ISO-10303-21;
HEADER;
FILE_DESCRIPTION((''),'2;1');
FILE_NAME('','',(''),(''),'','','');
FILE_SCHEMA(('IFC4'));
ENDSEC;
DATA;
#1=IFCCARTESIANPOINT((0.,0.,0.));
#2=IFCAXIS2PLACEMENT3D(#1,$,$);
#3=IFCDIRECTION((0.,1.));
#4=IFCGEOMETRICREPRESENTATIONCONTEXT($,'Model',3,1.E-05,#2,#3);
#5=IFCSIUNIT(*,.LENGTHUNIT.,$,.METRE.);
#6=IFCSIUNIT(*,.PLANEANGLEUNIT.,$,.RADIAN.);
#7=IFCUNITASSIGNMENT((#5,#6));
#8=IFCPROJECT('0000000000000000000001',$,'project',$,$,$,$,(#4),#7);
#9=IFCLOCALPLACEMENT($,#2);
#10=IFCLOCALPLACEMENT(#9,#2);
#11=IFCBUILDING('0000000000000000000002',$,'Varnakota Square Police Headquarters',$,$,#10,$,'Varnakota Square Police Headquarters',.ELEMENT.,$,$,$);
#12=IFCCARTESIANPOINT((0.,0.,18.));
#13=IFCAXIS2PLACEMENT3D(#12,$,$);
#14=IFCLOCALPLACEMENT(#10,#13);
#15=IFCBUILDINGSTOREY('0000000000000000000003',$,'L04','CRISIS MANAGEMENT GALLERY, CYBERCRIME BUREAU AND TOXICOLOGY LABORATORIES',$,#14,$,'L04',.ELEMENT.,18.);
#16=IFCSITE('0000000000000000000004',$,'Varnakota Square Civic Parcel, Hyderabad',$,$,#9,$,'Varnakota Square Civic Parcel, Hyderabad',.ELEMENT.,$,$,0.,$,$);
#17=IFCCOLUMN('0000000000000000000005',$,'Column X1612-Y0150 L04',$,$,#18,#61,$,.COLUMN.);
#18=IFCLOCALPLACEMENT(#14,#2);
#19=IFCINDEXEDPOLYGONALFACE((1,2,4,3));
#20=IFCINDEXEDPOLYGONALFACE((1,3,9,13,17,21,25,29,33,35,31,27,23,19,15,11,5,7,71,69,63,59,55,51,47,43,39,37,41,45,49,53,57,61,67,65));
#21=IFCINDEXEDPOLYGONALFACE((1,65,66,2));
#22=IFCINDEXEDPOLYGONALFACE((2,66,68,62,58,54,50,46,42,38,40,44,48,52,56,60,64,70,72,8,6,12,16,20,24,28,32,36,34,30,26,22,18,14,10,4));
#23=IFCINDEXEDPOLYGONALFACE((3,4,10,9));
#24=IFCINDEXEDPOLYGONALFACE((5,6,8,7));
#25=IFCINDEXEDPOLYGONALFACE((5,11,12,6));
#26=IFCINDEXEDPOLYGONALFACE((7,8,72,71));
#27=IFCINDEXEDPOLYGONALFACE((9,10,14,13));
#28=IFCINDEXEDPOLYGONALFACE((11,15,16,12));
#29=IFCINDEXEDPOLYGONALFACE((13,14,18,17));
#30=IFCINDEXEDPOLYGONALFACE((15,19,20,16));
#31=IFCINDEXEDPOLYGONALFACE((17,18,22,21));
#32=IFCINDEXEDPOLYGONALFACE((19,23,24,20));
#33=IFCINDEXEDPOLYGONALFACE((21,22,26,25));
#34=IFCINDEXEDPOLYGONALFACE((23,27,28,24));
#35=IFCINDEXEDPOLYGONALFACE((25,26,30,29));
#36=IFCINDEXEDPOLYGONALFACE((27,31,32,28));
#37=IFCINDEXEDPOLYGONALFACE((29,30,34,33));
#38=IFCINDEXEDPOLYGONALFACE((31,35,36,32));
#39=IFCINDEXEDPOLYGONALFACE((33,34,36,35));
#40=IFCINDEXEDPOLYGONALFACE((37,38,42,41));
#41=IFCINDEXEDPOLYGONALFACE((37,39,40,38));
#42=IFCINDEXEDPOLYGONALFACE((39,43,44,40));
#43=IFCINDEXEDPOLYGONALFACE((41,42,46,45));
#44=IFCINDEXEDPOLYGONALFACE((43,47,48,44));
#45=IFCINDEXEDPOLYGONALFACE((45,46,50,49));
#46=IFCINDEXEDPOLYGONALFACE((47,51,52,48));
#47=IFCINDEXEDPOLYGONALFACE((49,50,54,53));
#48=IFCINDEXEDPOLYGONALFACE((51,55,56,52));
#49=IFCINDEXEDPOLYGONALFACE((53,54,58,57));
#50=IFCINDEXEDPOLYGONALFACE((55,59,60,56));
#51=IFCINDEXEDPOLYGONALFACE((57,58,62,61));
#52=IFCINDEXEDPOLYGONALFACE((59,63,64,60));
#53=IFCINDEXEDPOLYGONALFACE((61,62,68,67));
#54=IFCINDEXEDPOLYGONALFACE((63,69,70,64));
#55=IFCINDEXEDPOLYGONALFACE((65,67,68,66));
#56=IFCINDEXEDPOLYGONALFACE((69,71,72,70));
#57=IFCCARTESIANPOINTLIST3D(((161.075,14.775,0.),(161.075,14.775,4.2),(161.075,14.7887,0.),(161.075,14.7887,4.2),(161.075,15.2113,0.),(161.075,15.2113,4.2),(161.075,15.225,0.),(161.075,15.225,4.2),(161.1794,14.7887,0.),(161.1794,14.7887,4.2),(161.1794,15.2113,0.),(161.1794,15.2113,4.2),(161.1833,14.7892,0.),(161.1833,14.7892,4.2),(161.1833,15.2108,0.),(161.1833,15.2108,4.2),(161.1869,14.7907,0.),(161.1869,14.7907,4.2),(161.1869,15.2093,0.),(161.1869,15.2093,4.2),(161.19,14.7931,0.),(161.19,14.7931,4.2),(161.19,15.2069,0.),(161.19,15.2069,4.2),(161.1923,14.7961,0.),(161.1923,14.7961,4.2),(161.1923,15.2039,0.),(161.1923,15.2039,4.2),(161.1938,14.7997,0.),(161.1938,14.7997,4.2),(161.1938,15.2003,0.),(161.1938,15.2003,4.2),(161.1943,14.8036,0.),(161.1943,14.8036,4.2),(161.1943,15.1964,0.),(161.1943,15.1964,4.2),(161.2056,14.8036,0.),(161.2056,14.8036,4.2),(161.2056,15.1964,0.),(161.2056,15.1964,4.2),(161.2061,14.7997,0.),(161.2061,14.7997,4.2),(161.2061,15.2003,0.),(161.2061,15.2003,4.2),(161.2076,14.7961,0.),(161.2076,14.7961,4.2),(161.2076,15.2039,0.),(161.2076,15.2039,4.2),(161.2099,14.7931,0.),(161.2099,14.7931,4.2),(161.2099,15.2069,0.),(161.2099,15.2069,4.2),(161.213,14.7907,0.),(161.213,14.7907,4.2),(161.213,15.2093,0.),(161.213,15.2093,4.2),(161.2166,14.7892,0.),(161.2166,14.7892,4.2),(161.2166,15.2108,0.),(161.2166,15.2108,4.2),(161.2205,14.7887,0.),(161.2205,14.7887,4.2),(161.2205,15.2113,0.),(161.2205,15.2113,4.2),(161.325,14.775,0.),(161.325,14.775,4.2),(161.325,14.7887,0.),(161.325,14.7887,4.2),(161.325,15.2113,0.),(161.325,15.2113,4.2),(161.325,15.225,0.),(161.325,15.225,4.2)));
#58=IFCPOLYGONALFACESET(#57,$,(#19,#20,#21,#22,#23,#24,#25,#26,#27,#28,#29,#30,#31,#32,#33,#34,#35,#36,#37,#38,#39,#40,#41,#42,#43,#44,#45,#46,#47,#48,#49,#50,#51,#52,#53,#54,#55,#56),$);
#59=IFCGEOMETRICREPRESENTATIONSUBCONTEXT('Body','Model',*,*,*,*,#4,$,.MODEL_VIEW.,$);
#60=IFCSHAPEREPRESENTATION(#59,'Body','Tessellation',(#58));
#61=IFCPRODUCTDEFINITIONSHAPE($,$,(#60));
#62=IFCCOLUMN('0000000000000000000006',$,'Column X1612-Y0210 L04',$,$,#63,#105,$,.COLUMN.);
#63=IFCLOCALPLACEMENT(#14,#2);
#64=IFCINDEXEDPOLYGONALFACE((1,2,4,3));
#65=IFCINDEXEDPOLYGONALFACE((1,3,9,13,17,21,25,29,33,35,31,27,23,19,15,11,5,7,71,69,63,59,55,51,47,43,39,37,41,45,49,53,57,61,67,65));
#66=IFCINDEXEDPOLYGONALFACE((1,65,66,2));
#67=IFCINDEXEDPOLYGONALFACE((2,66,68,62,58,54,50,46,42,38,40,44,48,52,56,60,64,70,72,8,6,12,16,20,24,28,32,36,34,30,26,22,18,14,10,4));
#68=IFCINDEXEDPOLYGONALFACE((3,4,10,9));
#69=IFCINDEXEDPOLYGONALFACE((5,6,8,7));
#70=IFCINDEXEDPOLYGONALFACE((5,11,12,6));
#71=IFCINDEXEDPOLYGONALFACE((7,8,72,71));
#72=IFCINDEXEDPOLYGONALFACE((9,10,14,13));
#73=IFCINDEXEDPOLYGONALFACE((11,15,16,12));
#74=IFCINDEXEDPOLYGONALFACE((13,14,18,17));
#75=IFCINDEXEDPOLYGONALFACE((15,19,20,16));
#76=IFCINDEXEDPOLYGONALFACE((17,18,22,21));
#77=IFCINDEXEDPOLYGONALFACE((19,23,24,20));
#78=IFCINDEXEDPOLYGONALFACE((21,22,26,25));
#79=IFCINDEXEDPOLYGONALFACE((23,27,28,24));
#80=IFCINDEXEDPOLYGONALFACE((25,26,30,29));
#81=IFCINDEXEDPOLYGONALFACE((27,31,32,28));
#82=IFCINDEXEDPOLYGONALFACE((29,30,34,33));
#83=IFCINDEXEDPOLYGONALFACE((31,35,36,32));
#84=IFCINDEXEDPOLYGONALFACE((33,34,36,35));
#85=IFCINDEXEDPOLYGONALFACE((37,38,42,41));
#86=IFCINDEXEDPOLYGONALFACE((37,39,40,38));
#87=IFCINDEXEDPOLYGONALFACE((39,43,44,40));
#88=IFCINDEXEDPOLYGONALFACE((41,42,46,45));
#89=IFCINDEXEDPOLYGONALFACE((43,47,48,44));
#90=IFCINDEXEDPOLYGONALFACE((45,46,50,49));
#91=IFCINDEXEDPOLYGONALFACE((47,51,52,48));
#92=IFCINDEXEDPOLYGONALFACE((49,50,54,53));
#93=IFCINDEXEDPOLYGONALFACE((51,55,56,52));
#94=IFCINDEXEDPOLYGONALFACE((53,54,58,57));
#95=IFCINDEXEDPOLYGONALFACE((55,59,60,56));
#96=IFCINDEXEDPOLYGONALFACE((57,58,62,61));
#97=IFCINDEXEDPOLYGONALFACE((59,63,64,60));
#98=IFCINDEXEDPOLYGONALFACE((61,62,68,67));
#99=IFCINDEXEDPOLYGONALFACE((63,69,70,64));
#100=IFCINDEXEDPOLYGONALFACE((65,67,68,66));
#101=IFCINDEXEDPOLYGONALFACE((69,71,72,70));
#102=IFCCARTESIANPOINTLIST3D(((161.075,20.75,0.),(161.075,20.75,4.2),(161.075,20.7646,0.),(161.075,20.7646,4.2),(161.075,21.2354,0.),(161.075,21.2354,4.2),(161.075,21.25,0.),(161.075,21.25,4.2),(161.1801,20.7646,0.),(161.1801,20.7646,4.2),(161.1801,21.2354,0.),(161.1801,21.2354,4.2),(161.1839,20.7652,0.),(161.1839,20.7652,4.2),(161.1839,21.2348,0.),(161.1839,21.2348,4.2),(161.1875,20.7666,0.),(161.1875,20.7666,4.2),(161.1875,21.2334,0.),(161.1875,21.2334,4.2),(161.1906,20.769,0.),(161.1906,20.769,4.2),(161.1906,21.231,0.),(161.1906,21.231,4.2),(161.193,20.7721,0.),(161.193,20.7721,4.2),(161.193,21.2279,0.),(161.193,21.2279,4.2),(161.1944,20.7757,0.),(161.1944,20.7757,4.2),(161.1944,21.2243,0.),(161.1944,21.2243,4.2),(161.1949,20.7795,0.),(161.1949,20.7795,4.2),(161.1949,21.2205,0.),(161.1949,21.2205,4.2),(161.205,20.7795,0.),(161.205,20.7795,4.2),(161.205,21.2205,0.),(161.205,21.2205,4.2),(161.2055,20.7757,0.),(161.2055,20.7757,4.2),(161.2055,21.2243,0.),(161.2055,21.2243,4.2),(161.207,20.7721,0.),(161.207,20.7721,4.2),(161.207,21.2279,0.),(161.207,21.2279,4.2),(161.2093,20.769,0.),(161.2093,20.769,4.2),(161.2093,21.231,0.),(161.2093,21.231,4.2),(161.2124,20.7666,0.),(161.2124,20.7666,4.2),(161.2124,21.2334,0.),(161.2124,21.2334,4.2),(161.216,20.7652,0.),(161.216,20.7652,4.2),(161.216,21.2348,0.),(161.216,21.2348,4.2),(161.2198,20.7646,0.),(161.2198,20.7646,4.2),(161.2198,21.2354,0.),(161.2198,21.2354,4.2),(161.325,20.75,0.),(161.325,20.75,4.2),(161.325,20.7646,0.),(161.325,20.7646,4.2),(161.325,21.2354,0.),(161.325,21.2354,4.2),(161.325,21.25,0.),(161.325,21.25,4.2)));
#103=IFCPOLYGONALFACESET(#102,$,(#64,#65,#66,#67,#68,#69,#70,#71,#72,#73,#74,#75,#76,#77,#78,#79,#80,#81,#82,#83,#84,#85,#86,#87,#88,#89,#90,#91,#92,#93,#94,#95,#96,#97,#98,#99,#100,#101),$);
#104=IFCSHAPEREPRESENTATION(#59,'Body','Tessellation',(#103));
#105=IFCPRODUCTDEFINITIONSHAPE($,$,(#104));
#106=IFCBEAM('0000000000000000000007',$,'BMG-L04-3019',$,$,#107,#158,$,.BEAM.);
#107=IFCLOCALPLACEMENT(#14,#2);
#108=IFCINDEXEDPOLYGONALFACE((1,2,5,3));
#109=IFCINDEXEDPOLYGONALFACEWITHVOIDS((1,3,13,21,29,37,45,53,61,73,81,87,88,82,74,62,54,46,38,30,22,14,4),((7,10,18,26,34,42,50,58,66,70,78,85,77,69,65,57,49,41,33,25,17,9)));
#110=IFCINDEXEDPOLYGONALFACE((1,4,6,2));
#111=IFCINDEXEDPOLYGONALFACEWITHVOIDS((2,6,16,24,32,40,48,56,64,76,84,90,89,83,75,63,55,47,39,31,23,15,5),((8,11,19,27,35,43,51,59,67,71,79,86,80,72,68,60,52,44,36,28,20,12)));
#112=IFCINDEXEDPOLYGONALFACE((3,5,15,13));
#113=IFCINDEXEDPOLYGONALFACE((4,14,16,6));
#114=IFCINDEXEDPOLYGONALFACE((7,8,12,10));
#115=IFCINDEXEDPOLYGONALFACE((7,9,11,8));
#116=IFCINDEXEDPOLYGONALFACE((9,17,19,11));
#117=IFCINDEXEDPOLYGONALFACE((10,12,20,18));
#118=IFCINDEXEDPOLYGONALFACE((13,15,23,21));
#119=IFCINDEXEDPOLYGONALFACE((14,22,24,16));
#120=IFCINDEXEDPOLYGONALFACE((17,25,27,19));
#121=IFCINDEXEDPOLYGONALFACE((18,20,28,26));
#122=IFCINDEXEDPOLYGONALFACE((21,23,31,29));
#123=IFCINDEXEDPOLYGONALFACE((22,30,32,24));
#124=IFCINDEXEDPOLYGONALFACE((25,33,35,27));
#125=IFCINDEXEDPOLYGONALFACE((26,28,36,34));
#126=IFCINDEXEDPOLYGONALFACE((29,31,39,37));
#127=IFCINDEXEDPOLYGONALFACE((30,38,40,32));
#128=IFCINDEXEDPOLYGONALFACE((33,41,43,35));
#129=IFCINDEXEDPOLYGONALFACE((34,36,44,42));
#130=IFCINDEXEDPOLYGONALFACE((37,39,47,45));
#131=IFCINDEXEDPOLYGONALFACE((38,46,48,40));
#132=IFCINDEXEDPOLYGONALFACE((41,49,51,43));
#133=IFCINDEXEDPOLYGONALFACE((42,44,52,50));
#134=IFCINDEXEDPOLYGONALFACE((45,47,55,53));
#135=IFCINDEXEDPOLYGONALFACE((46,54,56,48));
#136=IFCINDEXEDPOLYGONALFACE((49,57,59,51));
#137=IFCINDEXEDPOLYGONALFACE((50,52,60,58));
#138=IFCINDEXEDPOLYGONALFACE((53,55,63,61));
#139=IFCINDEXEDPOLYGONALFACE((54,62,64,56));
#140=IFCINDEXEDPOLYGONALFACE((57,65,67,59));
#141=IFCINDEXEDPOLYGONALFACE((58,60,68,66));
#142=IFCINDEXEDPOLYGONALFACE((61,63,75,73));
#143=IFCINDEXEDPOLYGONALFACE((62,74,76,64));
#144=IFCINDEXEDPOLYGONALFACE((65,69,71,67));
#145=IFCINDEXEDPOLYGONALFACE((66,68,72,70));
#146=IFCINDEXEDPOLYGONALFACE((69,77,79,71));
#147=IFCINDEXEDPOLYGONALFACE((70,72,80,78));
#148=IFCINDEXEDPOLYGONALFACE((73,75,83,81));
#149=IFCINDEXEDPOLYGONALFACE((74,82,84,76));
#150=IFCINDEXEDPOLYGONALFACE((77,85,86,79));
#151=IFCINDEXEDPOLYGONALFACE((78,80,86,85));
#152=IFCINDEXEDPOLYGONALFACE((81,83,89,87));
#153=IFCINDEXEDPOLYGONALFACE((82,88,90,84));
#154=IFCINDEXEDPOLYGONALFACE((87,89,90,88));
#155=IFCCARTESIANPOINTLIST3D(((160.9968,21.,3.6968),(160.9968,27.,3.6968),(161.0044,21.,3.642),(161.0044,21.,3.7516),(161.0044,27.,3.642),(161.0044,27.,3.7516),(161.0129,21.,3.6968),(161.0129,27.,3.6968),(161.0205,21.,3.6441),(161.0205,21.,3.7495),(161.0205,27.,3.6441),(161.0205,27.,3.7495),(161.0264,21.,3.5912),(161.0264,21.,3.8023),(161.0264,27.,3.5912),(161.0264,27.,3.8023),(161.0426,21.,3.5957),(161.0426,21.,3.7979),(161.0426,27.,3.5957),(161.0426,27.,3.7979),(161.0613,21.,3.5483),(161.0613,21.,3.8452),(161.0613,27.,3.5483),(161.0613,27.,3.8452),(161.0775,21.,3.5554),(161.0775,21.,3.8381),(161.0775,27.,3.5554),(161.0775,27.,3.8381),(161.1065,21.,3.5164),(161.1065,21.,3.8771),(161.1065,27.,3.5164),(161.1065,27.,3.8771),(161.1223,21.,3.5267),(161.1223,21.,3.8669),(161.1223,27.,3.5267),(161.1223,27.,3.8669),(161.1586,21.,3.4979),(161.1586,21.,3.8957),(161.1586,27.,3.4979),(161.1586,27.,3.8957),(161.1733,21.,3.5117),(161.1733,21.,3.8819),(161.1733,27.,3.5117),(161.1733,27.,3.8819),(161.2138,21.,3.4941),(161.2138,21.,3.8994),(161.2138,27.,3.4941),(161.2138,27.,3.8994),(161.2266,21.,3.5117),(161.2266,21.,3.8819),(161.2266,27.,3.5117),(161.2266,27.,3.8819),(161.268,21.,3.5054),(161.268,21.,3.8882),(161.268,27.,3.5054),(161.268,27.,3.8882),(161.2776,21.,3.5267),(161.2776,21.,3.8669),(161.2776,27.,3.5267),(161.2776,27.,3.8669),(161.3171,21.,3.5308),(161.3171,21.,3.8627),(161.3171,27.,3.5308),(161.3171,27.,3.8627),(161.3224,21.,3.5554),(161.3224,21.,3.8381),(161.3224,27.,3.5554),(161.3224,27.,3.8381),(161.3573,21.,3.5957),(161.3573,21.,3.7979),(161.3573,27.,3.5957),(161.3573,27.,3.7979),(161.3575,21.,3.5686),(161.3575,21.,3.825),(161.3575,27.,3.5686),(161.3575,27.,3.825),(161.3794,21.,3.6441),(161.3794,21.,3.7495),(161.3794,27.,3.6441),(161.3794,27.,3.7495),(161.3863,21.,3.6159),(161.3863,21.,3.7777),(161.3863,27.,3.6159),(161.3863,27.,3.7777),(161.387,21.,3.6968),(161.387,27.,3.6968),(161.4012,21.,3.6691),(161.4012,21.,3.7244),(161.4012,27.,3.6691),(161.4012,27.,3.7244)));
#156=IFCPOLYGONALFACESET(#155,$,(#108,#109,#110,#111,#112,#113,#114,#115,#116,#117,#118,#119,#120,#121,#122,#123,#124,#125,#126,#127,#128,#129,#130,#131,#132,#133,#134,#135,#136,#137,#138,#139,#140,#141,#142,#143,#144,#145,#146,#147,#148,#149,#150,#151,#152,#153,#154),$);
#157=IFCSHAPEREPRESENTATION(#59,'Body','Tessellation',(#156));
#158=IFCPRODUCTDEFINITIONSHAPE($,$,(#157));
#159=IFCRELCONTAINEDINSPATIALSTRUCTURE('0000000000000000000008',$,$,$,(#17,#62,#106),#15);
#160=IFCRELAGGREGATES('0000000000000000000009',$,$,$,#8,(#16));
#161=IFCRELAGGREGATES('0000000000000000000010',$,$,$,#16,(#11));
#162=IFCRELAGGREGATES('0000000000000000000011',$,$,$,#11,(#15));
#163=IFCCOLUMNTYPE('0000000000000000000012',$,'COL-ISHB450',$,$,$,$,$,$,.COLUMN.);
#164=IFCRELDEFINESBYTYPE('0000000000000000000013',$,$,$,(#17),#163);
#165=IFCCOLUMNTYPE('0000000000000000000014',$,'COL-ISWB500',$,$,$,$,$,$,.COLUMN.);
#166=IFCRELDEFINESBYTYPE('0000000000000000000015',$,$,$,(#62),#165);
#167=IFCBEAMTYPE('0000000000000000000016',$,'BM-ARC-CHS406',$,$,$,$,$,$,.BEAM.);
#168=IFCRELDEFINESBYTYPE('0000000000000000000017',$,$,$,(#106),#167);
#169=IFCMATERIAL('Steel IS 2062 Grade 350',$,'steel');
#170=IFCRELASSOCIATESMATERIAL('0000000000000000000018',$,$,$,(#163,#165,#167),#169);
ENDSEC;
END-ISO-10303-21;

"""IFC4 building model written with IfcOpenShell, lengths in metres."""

from ifc_helpers import new_model, si_unit, direction, frame, origin, origin_2d, place, context, subcontext, project, spatial, hollow_circle, i_section, extrude, material, material_profile, profile_set, type_object, element, save


model = new_model("IFC4")

# Units and contexts
model_context = context("Model", 3, precision=1e-05, world=origin(), true_north=direction((0.0, 1.0)))
body_context = subcontext(model_context, "Body", "Model", "MODEL_VIEW")
ifc_project = project(units=[si_unit("LENGTHUNIT", "METRE"), si_unit("PLANEANGLEUNIT", "RADIAN")], contexts=[model_context])

# Site, building, storey
site_placement = place(None, origin())
site = spatial("IfcSite", under=ifc_project, at=site_placement, Name="Varnakota Square Civic Parcel, Hyderabad", LongName="Varnakota Square Civic Parcel, Hyderabad", CompositionType="ELEMENT", RefElevation=0.0)
building_placement = place(site_placement, origin())
building = spatial("IfcBuilding", under=site, at=building_placement, Name="Varnakota Square Police Headquarters", LongName="Varnakota Square Police Headquarters", CompositionType="ELEMENT")
storey_placement = place(building_placement, frame((0.0, 0.0, 18.0)))
storey = spatial("IfcBuildingStorey", under=building, at=storey_placement, Name="L04", Description="CRISIS MANAGEMENT GALLERY, CYBERCRIME BUREAU AND TOXICOLOGY LABORATORIES", LongName="L04", CompositionType="ELEMENT", Elevation=18.0)

# Columns
ifc_material_1 = material(Name="Steel IS 2062 Grade 350", Category="steel")
ifc_material_profile_1 = material_profile(ifc_material_1, i_section(OverallWidth=0.25, OverallDepth=0.45, WebThickness=0.0112, FlangeThickness=0.0137, FilletRadius=0.0149, at=origin_2d()), Name="ISHB 450")
ifc_profile_set_1 = profile_set([ifc_material_profile_1], Name="Steel IS 2062 Grade 350")
column_type_1 = type_object("IfcColumnType", Name="COL-ISHB450", PredefinedType="COLUMN", material=ifc_profile_set_1)
column_1_placement = place(storey_placement, frame((161.2, 15.0, 0.0), z_axis=(0.0, 0.0, 1.0), x_axis=(1.0, 0.0, 0.0)))
element("IfcColumn", 1, at=column_1_placement, inside=storey, type_object=column_type_1, Name="Column X1612-Y0150 L04", PredefinedType="COLUMN", context=body_context, shape_type="SweptSolid", body=[
    extrude(i_section(OverallWidth=0.25, OverallDepth=0.45, WebThickness=0.0112, FlangeThickness=0.0137, FilletRadius=0.0149, at=origin_2d()), origin(), (0.0, 0.0, 1.0), 4.2),
])
ifc_material_profile_2 = material_profile(ifc_material_1, i_section(OverallWidth=0.25, OverallDepth=0.5, WebThickness=0.01, FlangeThickness=0.0146, FilletRadius=0.0149, at=origin_2d()), Name="ISWB 500")
ifc_profile_set_2 = profile_set([ifc_material_profile_2], Name="Steel IS 2062 Grade 350")
column_type_2 = type_object("IfcColumnType", Name="COL-ISWB500", PredefinedType="COLUMN", material=ifc_profile_set_2)
column_2_placement = place(storey_placement, frame((161.2, 21.0, 0.0), z_axis=(0.0, 0.0, 1.0), x_axis=(1.0, 0.0, 0.0)))
element("IfcColumn", 2, at=column_2_placement, inside=storey, type_object=column_type_2, Name="Column X1612-Y0210 L04", PredefinedType="COLUMN", context=body_context, shape_type="SweptSolid", body=[
    extrude(i_section(OverallWidth=0.25, OverallDepth=0.5, WebThickness=0.01, FlangeThickness=0.0146, FilletRadius=0.0149, at=origin_2d()), origin(), (0.0, 0.0, 1.0), 4.2),
])

# Beam
ifc_material_profile_3 = material_profile(ifc_material_1, hollow_circle(Radius=0.2031, WallThickness=0.0161, at=origin_2d()), Name="CHS 406.4x16.0")
ifc_profile_set_3 = profile_set([ifc_material_profile_3], Name="Steel IS 2062 Grade 350")
beam_type_1 = type_object("IfcBeamType", Name="BM-ARC-CHS406", PredefinedType="BEAM", material=ifc_profile_set_3)
beam_1_placement = place(storey_placement, frame((161.2, 21.0, 3.6968), z_axis=(0.0, 1.0, 0.0), x_axis=(-1.0, 0.0, 0.0)))
element("IfcBeam", 3, at=beam_1_placement, inside=storey, type_object=beam_type_1, Name="BMG-L04-3019", PredefinedType="BEAM", context=body_context, shape_type="SweptSolid", body=[
    extrude(hollow_circle(Radius=0.2031, WallThickness=0.0161, at=origin_2d()), origin(), (0.0, 0.0, 1.0), 6.0),
])

save(model, "model.ifc")
